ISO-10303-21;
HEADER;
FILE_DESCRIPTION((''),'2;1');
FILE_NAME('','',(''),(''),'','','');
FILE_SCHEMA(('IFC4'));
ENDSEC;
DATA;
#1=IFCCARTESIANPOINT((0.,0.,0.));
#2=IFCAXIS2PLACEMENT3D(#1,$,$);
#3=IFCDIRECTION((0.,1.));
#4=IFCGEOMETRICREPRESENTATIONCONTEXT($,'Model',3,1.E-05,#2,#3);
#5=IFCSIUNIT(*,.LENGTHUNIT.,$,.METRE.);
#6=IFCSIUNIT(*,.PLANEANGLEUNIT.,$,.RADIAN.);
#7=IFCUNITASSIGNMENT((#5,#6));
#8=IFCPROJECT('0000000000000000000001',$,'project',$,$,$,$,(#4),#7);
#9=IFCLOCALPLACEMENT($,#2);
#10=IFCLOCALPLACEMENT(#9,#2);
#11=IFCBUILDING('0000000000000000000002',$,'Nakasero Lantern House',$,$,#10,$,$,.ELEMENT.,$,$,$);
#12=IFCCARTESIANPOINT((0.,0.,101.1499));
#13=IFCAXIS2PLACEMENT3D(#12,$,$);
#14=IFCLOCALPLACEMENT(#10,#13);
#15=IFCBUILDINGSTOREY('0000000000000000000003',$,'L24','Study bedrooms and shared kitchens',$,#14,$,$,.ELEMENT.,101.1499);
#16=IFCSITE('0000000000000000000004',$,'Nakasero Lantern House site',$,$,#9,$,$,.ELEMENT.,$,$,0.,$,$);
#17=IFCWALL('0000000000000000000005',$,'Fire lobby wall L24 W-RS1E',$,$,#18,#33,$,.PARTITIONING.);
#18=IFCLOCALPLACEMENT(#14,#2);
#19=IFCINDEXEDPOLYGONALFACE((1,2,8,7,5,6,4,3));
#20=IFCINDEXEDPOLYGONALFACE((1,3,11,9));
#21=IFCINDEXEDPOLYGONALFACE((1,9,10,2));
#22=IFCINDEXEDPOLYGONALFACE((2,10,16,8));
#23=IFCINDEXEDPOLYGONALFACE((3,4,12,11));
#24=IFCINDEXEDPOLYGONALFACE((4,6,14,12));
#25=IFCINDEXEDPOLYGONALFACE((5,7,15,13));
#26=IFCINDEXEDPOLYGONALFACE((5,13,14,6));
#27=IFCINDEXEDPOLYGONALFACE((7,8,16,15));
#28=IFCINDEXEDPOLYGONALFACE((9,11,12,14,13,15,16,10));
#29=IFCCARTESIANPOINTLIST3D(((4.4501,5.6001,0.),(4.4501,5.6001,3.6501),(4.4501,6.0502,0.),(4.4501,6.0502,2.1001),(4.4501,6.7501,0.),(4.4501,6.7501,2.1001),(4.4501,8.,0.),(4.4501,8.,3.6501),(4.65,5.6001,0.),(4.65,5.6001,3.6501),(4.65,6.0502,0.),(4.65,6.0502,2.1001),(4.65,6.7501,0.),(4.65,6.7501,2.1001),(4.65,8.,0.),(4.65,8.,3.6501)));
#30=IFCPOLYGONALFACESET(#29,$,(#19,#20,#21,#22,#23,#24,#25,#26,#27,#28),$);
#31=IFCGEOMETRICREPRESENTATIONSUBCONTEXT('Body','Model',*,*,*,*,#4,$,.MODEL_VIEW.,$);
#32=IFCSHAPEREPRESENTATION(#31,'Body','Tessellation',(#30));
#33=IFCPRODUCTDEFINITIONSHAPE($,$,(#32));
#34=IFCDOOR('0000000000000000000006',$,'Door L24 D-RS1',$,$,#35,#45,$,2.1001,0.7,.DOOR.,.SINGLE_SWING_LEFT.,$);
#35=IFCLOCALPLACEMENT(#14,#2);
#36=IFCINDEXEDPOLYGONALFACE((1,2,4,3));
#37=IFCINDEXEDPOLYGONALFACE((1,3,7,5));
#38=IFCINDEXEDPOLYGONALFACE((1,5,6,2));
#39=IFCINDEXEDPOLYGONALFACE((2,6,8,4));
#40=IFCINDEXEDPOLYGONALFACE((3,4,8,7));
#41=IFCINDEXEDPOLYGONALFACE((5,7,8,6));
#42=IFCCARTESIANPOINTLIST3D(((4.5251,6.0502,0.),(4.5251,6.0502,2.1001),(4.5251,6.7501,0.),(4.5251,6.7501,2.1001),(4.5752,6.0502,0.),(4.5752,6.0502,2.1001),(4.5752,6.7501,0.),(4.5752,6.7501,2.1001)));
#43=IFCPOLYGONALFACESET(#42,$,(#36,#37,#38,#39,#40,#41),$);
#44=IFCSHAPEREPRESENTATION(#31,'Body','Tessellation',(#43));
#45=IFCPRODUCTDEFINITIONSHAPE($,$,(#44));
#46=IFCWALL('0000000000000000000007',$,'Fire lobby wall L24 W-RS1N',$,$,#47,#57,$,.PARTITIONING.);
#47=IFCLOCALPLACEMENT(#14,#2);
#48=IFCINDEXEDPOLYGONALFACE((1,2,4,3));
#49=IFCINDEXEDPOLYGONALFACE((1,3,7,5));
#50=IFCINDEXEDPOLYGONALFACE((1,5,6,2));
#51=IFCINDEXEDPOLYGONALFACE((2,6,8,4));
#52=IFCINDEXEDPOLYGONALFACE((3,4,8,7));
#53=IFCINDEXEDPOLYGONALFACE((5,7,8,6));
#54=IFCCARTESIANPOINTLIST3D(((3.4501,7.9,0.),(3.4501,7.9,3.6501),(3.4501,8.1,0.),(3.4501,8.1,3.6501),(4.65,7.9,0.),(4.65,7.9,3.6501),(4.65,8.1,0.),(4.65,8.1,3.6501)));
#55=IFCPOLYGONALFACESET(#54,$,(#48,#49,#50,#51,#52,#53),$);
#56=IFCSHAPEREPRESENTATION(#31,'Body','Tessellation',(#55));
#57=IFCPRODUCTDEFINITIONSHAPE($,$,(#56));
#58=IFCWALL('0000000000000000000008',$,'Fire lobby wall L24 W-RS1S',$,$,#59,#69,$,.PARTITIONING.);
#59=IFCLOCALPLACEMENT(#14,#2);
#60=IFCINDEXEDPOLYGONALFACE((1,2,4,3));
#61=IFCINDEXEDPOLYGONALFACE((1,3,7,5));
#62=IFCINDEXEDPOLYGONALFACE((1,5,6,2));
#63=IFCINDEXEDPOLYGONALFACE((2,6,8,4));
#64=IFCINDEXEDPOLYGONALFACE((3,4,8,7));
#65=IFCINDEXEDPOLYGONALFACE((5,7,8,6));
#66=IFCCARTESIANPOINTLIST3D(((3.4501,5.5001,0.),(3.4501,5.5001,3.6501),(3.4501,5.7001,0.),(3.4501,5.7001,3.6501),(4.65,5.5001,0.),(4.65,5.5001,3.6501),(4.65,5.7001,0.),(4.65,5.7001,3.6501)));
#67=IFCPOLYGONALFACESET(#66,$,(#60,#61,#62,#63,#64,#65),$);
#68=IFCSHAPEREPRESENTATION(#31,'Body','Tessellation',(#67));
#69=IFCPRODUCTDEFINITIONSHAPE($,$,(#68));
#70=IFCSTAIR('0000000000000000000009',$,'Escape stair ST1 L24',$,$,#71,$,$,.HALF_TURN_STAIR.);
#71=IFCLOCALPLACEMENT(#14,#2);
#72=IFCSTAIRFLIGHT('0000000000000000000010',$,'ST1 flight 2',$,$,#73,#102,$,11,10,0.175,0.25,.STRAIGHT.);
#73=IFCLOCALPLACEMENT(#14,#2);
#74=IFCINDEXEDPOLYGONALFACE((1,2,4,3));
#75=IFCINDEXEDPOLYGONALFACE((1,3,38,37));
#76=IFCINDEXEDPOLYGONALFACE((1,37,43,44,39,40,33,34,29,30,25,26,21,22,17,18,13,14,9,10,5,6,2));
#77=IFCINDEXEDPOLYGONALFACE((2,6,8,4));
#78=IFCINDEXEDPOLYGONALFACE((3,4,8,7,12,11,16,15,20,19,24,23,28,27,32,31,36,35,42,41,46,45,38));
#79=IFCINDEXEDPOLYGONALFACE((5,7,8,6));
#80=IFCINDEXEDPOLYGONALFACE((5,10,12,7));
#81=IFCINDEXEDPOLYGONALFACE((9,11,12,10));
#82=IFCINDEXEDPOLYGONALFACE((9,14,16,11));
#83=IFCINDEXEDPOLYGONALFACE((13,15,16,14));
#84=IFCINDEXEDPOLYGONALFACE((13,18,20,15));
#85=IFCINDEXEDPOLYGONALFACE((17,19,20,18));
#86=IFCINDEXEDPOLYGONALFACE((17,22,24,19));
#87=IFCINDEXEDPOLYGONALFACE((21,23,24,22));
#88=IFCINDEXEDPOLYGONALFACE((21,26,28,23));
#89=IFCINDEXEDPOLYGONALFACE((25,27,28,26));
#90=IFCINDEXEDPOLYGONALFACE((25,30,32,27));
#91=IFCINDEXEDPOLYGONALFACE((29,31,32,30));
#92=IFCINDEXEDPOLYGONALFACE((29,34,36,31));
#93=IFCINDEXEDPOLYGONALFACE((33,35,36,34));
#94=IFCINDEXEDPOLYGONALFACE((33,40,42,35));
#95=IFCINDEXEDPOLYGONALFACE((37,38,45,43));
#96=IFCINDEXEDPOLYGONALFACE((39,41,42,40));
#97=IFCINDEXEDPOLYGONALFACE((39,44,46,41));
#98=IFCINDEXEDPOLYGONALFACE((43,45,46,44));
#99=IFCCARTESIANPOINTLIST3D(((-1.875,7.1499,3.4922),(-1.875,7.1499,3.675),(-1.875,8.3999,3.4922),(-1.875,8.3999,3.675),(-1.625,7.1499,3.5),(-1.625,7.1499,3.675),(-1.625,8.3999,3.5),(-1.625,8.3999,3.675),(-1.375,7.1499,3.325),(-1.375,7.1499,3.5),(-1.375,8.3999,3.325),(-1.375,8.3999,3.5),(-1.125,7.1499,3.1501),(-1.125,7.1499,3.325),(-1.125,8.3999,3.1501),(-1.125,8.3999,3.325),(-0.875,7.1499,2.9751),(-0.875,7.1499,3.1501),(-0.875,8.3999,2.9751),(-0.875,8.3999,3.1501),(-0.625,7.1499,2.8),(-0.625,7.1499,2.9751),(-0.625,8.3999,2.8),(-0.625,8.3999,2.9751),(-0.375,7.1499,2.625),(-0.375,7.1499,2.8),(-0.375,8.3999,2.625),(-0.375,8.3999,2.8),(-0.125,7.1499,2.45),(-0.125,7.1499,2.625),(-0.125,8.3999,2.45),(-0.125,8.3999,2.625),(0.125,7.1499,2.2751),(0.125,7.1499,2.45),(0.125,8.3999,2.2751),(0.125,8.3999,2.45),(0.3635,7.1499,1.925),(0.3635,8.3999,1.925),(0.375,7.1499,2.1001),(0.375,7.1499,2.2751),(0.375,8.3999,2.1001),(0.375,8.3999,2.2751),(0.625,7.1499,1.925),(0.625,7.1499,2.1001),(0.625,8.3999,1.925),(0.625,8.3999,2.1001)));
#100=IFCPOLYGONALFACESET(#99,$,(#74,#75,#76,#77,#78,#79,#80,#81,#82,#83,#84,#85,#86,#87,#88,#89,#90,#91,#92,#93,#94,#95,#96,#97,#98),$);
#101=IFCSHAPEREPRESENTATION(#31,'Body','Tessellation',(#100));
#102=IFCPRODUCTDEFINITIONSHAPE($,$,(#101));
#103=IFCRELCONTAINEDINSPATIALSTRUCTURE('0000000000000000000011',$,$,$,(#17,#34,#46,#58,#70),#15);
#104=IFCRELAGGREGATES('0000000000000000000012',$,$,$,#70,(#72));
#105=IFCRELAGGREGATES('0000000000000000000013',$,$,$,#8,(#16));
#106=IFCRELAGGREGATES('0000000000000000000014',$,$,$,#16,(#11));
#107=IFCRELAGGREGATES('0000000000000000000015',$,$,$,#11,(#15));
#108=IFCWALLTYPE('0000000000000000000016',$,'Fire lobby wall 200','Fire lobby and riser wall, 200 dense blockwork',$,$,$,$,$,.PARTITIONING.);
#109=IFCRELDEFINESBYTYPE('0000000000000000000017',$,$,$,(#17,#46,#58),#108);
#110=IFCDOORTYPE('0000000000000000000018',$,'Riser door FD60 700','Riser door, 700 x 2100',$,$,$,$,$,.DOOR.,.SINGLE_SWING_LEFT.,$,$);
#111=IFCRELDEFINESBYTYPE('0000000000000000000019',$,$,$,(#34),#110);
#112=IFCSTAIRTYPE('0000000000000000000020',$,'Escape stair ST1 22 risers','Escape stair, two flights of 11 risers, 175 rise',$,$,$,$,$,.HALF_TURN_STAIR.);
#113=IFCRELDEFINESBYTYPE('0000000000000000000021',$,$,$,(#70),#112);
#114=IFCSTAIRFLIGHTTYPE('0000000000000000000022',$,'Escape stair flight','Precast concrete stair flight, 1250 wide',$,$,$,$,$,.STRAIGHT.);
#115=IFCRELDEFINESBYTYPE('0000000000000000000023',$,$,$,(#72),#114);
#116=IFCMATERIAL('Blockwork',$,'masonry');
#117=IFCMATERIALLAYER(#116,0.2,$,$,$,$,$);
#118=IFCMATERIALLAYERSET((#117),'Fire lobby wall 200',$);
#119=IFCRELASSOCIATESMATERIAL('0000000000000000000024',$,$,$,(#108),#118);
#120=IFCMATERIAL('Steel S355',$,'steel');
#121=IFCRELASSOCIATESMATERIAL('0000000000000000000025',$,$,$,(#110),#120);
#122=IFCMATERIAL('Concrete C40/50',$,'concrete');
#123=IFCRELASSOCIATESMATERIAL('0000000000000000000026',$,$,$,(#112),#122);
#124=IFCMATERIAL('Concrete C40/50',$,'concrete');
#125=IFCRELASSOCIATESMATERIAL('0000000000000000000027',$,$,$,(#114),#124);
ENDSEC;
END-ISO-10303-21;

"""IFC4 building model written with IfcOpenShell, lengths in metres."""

from ifc_helpers import new_model, si_unit, direction, frame, frame_2d, origin, place, context, subcontext, project, spatial, polyline, rectangle, outline, extrude, material, layer, layer_set, type_object, element, fill, aggregate, save


model = new_model("IFC4")

# Units and contexts
model_context = context("Model", 3, precision=1e-05, world=origin(), true_north=direction((0.0, 1.0)))
body_context = subcontext(model_context, "Body", "Model", "MODEL_VIEW")
ifc_project = project(units=[si_unit("LENGTHUNIT", "METRE"), si_unit("PLANEANGLEUNIT", "RADIAN")], contexts=[model_context])

# Site, building, storey
site_placement = place(None, origin())
site = spatial("IfcSite", under=ifc_project, at=site_placement, Name="Nakasero Lantern House site", CompositionType="ELEMENT", RefElevation=0.0)
building_placement = place(site_placement, origin())
building = spatial("IfcBuilding", under=site, at=building_placement, Name="Nakasero Lantern House", CompositionType="ELEMENT")
storey_placement = place(building_placement, frame((0.0, 0.0, 101.1499)))
storey = spatial("IfcBuildingStorey", under=building, at=storey_placement, Name="L24", Description="Study bedrooms and shared kitchens", CompositionType="ELEMENT", Elevation=101.1499)

# Wall, opening, door
ifc_material_1 = material(Name="Blockwork", Category="masonry")
ifc_layer_1 = layer(ifc_material_1, 0.2)
ifc_layer_set_1 = layer_set([ifc_layer_1], Name="Fire lobby wall 200")
wall_type_1 = type_object("IfcWallType", Name="Fire lobby wall 200", Description="Fire lobby and riser wall, 200 dense blockwork", PredefinedType="PARTITIONING", material=ifc_layer_set_1)
wall_1_placement = place(storey_placement, frame((4.55, 5.6001, 0.0), z_axis=(0.0, 0.0, 1.0), x_axis=(0.0, 1.0, 0.0)))
wall_1 = element("IfcWall", 1, at=wall_1_placement, inside=storey, type_object=wall_type_1, Name="Fire lobby wall L24 W-RS1E", PredefinedType="PARTITIONING", context=body_context, shape_type="SweptSolid", body=[
    extrude(rectangle(XDim=2.3999, YDim=0.2, at=frame_2d((1.2, 0.0))), origin(), (0.0, 0.0, 1.0), 3.6501),
])
opening_1_placement = place(wall_1_placement, frame((0.45, 0.0, 0.0)))
opening_1 = element("IfcOpeningElement", 2, at=opening_1_placement, cuts=wall_1, PredefinedType="OPENING", context=body_context, shape_type="SweptSolid", body=[
    extrude(rectangle(XDim=0.7, YDim=2.1001, at=frame_2d((0.3501, 1.05))), frame((0.0, 0.1199, 0.0), z_axis=(0.0, -1.0, 0.0), x_axis=(1.0, 0.0, 0.0)), (0.0, 0.0, 1.0), 0.24),
])
ifc_material_2 = material(Name="Steel S355", Category="steel")
door_type_1 = type_object("IfcDoorType", Name="Riser door FD60 700", Description="Riser door, 700 x 2100", OperationType="SINGLE_SWING_LEFT", PredefinedType="DOOR", material=ifc_material_2)
door_1_placement = place(opening_1_placement, origin())
door_1 = element("IfcDoor", 3, at=door_1_placement, inside=storey, type_object=door_type_1, Name="Door L24 D-RS1", OperationType="SINGLE_SWING_LEFT", OverallHeight=2.1001, OverallWidth=0.7, PredefinedType="DOOR", context=body_context, shape_type="SweptSolid", body=[
    extrude(rectangle(XDim=0.7, YDim=2.1001, at=frame_2d((0.3501, 1.05))), frame((0.0, 0.0249, 0.0), z_axis=(0.0, -1.0, 0.0), x_axis=(1.0, 0.0, 0.0)), (0.0, 0.0, 1.0), 0.05),
])
fill(opening_1, door_1)

# Walls
for number, where, z_axis, x_axis, name in (
    (4, (3.45, 8.0, 0.0), (0.0, 0.0, 1.0), (1.0, 0.0, 0.0), "Fire lobby wall L24 W-RS1N"),
    (5, (3.45, 5.6001, 0.0), (0.0, 0.0, 1.0), (1.0, 0.0, 0.0), "Fire lobby wall L24 W-RS1S"),
):
    element("IfcWall", number, at=place(storey_placement, frame(where, z_axis=z_axis, x_axis=x_axis)), inside=storey, type_object=wall_type_1, Name=name, PredefinedType="PARTITIONING", context=body_context, shape_type="SweptSolid", body=[
        extrude(rectangle(XDim=1.2, YDim=0.2, at=frame_2d((0.6001, 0.0))), origin(), (0.0, 0.0, 1.0), 3.6501),
    ])

# Stair, stair flight
ifc_material_3 = material(Name="Concrete C40/50", Category="concrete")
stair_type_1 = type_object("IfcStairType", Name="Escape stair ST1 22 risers", Description="Escape stair, two flights of 11 risers, 175 rise", PredefinedType="HALF_TURN_STAIR", material=ifc_material_3)
stair_1_placement = place(storey_placement, origin())
stair_1 = element("IfcStair", 6, at=stair_1_placement, inside=storey, type_object=stair_type_1, Name="Escape stair ST1 L24", PredefinedType="HALF_TURN_STAIR")
ifc_material_4 = material(Name="Concrete C40/50", Category="concrete")
stair_flight_type = type_object("IfcStairFlightType", Name="Escape stair flight", Description="Precast concrete stair flight, 1250 wide", PredefinedType="STRAIGHT", material=ifc_material_4)
stair_flight_placement = place(storey_placement, frame((0.625, 7.7749, 1.925), z_axis=(0.0, 0.0, 1.0), x_axis=(-1.0, 0.0, 0.0)))
stair_flight = element("IfcStairFlight", 7, at=stair_flight_placement, type_object=stair_flight_type, Name="ST1 flight 2", NumberOfRisers=11, NumberOfTreads=10, PredefinedType="STRAIGHT", RiserHeight=0.175, TreadLength=0.25, context=body_context, shape_type="SweptSolid", body=[
    extrude(outline(polyline([(0.0, 0.0), (0.0, 0.175), (0.25, 0.175), (0.25, 0.3501), (0.5, 0.3501), (0.5, 0.5249), (0.75, 0.5249), (0.75, 0.7), (1.0, 0.7), (1.0, 0.875), (1.25, 0.875), (1.25, 1.05), (1.5, 1.05), (1.5, 1.2251), (1.75, 1.2251), (1.75, 1.3999), (2.0, 1.3999), (2.0, 1.575), (2.25, 1.575), (2.25, 1.75), (2.5, 1.75), (2.5, 1.925), (2.5, 1.5671), (0.2615, 0.0), (0.0, 0.0)])), frame((0.0, 0.625, 0.0), z_axis=(0.0, -1.0, 0.0), x_axis=(1.0, 0.0, 0.0)), (0.0, 0.0, 1.0), 1.25),
])
aggregate(stair_1, [stair_flight])

save(model, "model.ifc")
